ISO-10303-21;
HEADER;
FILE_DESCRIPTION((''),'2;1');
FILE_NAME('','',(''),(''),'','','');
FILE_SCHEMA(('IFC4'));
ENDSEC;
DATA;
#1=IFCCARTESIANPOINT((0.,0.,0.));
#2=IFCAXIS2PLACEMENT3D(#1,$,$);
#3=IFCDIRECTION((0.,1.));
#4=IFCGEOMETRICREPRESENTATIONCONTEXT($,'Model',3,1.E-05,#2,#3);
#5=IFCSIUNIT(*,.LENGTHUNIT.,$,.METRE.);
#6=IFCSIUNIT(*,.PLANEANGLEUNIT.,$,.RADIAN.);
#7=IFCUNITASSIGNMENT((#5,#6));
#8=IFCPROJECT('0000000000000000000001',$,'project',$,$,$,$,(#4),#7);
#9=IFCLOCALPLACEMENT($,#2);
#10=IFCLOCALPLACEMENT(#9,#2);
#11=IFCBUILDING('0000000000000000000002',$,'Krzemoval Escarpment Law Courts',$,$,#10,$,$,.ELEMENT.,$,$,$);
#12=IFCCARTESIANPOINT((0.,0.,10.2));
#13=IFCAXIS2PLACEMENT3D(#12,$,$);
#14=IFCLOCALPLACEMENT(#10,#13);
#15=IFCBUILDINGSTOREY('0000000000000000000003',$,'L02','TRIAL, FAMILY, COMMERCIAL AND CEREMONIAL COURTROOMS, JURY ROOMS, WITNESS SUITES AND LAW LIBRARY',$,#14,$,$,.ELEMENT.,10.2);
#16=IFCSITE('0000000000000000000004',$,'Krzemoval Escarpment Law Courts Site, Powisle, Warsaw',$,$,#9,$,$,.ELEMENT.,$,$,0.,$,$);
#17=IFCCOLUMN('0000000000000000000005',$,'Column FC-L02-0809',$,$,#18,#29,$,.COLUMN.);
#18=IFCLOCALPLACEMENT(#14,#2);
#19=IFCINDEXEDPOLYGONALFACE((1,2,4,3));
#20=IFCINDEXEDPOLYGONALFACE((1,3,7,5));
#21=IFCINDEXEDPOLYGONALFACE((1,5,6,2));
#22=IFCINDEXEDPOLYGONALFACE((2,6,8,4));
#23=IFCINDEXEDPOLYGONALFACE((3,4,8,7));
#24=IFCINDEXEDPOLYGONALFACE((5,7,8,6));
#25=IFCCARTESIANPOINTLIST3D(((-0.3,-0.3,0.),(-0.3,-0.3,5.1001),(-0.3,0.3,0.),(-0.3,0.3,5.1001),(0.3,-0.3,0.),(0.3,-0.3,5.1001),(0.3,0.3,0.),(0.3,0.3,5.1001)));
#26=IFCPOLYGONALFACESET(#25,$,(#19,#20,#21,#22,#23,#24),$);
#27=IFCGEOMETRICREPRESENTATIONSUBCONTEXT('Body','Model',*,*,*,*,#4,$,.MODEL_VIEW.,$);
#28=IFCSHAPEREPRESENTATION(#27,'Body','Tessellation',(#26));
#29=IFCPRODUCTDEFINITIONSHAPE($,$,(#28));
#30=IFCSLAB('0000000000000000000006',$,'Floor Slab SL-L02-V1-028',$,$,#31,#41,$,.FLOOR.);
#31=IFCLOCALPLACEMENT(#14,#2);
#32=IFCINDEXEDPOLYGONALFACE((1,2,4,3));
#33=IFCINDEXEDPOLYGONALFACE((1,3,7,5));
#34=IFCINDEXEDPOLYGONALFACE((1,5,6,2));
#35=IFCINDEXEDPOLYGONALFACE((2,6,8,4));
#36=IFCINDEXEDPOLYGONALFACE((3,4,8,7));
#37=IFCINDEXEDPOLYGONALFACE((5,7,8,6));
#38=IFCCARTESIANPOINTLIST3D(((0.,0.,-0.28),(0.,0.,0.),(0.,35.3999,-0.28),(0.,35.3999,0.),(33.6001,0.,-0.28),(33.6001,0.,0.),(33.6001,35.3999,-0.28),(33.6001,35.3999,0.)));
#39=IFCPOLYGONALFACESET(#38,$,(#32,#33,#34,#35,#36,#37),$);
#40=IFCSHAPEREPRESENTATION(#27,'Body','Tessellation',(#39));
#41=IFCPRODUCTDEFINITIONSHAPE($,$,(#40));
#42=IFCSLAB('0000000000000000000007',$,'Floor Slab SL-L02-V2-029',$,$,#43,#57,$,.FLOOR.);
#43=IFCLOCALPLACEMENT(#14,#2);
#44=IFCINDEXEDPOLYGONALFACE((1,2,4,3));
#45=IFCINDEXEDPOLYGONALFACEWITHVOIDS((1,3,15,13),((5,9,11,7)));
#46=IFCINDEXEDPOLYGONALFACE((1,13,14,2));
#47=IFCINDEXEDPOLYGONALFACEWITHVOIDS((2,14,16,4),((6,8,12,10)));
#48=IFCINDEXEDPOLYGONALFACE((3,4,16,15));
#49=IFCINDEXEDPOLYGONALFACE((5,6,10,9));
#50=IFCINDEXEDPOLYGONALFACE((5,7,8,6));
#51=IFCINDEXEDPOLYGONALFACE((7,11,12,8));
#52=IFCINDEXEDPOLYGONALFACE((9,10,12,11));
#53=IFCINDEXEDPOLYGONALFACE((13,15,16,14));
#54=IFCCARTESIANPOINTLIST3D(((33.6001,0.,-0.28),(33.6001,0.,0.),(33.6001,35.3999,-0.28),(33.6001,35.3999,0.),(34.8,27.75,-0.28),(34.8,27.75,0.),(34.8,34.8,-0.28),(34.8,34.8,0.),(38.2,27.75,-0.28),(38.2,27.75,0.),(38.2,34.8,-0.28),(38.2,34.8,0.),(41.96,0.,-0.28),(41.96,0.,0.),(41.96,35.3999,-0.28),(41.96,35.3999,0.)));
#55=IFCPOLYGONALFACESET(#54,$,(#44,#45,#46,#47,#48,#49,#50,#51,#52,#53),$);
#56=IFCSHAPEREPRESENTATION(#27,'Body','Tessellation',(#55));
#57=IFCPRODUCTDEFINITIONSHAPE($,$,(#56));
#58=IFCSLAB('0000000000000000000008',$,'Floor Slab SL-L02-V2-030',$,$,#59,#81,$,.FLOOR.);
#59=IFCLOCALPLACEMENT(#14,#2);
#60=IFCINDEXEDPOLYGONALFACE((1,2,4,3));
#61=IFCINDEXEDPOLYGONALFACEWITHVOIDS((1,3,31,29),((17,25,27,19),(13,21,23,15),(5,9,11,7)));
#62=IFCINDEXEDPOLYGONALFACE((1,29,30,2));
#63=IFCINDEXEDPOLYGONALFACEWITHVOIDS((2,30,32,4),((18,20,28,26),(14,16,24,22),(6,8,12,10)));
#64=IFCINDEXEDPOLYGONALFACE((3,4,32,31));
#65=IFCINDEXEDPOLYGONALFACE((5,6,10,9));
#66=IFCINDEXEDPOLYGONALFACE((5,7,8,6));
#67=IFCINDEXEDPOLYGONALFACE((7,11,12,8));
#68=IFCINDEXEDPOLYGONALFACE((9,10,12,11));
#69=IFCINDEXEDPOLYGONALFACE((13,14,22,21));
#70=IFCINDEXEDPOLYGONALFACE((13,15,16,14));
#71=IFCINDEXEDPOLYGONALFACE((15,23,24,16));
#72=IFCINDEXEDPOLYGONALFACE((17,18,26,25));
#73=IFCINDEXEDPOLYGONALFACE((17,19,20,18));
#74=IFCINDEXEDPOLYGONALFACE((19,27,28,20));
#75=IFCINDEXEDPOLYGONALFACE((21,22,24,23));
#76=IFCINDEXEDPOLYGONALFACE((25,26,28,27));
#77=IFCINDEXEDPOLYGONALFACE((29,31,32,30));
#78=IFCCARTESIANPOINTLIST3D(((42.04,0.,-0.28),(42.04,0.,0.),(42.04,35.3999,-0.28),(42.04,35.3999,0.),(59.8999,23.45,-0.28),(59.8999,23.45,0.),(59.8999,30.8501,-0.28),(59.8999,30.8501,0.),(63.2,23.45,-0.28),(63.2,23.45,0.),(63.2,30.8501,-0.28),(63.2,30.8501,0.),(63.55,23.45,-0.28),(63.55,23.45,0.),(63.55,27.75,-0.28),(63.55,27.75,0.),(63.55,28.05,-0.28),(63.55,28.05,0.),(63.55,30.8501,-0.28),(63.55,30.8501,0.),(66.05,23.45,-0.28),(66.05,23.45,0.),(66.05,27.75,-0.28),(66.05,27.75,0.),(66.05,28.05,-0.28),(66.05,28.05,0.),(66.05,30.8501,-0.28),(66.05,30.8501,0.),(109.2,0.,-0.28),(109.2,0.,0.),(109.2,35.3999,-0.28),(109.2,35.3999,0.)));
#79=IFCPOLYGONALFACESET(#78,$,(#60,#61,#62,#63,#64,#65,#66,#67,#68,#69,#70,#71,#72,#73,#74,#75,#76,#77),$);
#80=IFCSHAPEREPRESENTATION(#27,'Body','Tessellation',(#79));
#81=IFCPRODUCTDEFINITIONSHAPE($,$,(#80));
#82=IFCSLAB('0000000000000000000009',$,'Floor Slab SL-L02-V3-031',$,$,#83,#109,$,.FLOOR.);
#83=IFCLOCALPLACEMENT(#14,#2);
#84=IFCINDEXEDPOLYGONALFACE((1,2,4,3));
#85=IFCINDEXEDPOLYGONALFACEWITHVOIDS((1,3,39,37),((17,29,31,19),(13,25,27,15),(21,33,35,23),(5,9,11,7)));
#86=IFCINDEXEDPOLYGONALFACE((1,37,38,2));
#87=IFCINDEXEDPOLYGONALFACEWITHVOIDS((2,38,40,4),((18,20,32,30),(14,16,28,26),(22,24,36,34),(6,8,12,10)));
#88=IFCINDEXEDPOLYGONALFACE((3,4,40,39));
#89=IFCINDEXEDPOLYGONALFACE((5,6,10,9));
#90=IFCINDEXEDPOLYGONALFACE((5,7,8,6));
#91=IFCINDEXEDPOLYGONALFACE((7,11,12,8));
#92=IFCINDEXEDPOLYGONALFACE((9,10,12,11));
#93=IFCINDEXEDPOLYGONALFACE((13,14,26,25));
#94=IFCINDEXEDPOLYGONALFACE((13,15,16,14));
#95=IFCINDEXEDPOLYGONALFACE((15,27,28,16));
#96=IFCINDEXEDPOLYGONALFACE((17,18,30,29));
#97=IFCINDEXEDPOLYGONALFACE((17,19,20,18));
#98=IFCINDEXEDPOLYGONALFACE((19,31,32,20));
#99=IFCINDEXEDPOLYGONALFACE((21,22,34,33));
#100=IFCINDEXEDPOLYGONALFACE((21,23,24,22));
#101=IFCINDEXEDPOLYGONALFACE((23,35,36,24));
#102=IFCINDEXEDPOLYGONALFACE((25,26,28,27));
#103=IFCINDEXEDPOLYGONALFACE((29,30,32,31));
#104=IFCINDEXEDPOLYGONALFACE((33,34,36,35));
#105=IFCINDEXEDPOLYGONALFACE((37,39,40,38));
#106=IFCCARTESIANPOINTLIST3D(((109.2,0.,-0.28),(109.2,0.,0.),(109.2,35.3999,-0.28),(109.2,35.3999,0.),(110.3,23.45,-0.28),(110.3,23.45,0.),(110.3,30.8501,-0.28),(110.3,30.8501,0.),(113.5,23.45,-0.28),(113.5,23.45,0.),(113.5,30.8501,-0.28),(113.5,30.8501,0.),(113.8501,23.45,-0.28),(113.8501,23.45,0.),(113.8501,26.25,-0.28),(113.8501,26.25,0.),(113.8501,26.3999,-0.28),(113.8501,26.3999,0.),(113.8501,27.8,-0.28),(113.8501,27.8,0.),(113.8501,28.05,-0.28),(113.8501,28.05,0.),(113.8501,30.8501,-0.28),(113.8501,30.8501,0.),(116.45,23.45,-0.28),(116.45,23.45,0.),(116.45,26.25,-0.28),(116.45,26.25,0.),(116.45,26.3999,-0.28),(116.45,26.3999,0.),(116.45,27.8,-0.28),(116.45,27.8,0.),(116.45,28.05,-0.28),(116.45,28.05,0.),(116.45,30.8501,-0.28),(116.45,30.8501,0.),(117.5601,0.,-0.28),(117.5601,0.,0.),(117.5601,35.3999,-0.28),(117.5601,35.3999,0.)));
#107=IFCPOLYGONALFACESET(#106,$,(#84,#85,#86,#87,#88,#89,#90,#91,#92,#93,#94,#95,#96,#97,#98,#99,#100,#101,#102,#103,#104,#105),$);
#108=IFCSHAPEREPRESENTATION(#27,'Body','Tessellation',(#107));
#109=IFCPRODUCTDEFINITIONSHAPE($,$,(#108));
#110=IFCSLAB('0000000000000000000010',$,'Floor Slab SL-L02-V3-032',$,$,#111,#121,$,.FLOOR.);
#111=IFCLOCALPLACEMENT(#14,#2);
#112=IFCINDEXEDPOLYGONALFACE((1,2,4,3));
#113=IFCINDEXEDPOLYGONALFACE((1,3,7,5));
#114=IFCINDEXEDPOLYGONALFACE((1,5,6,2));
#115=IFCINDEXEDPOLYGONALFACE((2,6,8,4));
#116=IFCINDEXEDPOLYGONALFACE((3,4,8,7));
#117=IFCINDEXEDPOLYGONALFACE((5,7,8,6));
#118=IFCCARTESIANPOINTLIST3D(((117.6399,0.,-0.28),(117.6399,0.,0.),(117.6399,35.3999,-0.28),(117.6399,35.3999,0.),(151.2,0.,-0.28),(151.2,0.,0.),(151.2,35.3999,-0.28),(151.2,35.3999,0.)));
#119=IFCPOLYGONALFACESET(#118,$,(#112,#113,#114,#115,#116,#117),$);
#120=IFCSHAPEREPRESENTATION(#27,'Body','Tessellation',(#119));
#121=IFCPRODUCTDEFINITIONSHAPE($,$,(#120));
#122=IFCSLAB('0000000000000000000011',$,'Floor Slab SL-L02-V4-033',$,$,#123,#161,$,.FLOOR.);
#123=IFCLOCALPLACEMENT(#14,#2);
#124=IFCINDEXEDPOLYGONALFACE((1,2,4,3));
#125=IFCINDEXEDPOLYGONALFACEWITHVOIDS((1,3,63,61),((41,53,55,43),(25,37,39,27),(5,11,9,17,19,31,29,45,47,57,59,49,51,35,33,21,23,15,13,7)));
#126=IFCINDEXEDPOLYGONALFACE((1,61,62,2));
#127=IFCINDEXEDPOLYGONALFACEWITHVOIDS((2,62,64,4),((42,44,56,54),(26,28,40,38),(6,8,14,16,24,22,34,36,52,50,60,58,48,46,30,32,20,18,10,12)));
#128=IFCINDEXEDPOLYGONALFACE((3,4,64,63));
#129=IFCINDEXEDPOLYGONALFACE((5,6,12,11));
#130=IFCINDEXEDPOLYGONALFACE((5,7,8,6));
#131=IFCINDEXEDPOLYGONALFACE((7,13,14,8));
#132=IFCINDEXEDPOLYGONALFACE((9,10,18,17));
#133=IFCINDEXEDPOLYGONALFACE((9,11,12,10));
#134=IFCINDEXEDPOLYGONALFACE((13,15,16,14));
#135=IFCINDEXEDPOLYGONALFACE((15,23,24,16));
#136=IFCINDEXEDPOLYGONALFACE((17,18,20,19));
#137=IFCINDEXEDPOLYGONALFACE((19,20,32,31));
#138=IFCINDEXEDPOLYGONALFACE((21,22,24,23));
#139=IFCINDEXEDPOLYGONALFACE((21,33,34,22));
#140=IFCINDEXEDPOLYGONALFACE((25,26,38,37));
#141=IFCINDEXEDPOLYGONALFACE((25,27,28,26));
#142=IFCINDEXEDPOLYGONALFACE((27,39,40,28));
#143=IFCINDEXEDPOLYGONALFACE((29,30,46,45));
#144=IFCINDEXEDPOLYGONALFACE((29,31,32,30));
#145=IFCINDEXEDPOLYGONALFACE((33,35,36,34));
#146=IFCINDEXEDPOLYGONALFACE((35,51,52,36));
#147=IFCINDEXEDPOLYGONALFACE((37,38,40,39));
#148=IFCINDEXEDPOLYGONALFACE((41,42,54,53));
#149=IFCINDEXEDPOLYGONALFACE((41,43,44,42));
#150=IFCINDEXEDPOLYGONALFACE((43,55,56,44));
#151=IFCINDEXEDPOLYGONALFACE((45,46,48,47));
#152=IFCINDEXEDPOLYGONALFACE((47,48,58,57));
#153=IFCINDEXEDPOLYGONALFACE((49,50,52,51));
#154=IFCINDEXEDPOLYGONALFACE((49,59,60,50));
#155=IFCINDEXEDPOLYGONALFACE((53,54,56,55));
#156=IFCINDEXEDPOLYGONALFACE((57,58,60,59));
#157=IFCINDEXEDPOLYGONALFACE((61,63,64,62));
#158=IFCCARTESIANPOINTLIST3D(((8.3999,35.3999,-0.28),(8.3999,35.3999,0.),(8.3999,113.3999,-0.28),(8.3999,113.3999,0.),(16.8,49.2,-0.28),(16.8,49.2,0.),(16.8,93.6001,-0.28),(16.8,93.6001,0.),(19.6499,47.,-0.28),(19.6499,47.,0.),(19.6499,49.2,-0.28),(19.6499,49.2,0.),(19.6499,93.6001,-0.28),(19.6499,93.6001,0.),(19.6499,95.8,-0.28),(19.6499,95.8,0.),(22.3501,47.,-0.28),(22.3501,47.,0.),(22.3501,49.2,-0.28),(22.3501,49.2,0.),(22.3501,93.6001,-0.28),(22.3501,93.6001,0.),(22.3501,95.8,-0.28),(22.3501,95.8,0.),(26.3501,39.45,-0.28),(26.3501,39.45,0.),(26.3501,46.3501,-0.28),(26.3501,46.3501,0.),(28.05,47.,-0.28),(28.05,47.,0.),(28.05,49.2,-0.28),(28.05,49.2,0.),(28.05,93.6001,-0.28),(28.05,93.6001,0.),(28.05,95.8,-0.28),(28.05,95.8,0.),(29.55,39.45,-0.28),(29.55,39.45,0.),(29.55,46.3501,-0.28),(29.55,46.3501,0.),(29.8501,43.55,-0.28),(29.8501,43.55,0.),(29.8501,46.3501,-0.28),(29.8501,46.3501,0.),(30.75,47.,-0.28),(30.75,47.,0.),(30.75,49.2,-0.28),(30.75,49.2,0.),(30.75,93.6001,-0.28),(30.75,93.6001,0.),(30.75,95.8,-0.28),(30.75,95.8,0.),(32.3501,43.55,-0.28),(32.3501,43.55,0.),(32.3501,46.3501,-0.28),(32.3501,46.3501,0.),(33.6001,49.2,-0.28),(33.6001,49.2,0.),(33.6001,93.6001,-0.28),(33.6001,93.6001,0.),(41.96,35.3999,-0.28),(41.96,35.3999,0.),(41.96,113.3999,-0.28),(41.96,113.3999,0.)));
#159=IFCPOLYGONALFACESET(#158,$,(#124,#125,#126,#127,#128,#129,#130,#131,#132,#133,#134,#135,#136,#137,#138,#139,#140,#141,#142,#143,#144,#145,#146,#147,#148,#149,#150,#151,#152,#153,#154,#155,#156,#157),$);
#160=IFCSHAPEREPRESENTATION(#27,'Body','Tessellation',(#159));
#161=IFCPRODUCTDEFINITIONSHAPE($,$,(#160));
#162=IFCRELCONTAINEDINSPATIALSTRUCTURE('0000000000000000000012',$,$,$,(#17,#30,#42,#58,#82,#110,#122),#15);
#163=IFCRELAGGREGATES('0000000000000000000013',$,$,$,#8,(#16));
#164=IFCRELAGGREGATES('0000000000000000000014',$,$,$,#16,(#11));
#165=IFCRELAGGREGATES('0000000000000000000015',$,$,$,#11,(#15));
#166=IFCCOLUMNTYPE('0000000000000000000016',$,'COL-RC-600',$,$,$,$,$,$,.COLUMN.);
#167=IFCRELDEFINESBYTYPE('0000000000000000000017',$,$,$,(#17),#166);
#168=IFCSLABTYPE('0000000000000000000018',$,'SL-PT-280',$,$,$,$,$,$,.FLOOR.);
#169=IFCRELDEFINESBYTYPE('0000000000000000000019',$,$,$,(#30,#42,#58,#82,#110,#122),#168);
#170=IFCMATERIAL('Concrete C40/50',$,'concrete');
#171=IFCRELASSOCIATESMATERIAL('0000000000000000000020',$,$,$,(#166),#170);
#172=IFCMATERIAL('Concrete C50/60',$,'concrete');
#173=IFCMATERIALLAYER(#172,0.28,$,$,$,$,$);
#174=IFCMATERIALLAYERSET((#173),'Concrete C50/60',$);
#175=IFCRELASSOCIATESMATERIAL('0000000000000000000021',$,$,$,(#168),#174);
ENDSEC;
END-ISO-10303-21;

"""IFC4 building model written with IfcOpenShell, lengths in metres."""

from ifc_helpers import new_model, si_unit, direction, frame, origin, origin_with_axes, origin_2d, place, context, subcontext, project, spatial, polyline, rectangle, outline, extrude, material, layer, layer_set, material_profile, profile_set, type_object, element, save


model = new_model("IFC4")

# Units and contexts
model_context = context("Model", 3, precision=1e-05, world=origin(), true_north=direction((0.0, 1.0)))
body_context = subcontext(model_context, "Body", "Model", "MODEL_VIEW")
ifc_project = project(units=[si_unit("LENGTHUNIT", "METRE"), si_unit("PLANEANGLEUNIT", "RADIAN")], contexts=[model_context])

# Site, building, storey
site_placement = place(None, origin())
site = spatial("IfcSite", under=ifc_project, at=site_placement, Name="Krzemoval Escarpment Law Courts Site, Powisle, Warsaw", CompositionType="ELEMENT", RefElevation=0.0)
building_placement = place(site_placement, origin())
building = spatial("IfcBuilding", under=site, at=building_placement, Name="Krzemoval Escarpment Law Courts", CompositionType="ELEMENT")
storey_placement = place(building_placement, frame((0.0, 0.0, 10.2)))
storey = spatial("IfcBuildingStorey", under=building, at=storey_placement, Name="L02", Description="TRIAL, FAMILY, COMMERCIAL AND CEREMONIAL COURTROOMS, JURY ROOMS, WITNESS SUITES AND LAW LIBRARY", CompositionType="ELEMENT", Elevation=10.2)

# Column
ifc_material_1 = material(Name="Concrete C40/50", Category="concrete")
ifc_material_profile = material_profile(ifc_material_1, rectangle(XDim=0.6001, YDim=0.6001, at=origin_2d()), Name="RC 600x600")
ifc_profile_set = profile_set([ifc_material_profile], Name="Concrete C40/50")
column_type = type_object("IfcColumnType", Name="COL-RC-600", PredefinedType="COLUMN", material=ifc_profile_set)
column_placement = place(storey_placement, origin_with_axes())
element("IfcColumn", 1, at=column_placement, inside=storey, type_object=column_type, Name="Column FC-L02-0809", PredefinedType="COLUMN", context=body_context, shape_type="SweptSolid", body=[
    extrude(rectangle(XDim=0.6001, YDim=0.6001, at=origin_2d()), origin(), (0.0, 0.0, 1.0), 5.1001),
])

# Slabs
ifc_material_2 = material(Name="Concrete C50/60", Category="concrete")
ifc_layer_1 = layer(ifc_material_2, 0.28)
ifc_layer_set_1 = layer_set([ifc_layer_1], Name="Concrete C50/60")
slab_type_1 = type_object("IfcSlabType", Name="SL-PT-280", PredefinedType="FLOOR", material=ifc_layer_set_1)
slab_1_placement = place(storey_placement, frame((0.0, 0.0, -0.28)))
element("IfcSlab", 2, at=slab_1_placement, inside=storey, type_object=slab_type_1, Name="Floor Slab SL-L02-V1-028", PredefinedType="FLOOR", context=body_context, shape_type="SweptSolid", body=[
    extrude(outline(polyline([(0.0, 0.0), (0.0, 35.3999), (33.6001, 35.3999), (33.6001, 0.0), (0.0, 0.0)])), origin(), (0.0, 0.0, 1.0), 0.28),
])
slab_2_placement = place(storey_placement, frame((0.0, 0.0, -0.28)))
element("IfcSlab", 3, at=slab_2_placement, inside=storey, type_object=slab_type_1, Name="Floor Slab SL-L02-V2-029", PredefinedType="FLOOR", context=body_context, shape_type="SweptSolid", body=[
    extrude(outline(polyline([(33.6001, 0.0), (33.6001, 35.3999), (41.96, 35.3999), (41.96, 0.0), (33.6001, 0.0)]), holes=[polyline([(38.2, 34.8), (34.8, 34.8), (34.8, 27.75), (38.2, 27.75), (38.2, 34.8)])]), origin(), (0.0, 0.0, 1.0), 0.28),
])
slab_3_placement = place(storey_placement, frame((0.0, 0.0, -0.28)))
element("IfcSlab", 4, at=slab_3_placement, inside=storey, type_object=slab_type_1, Name="Floor Slab SL-L02-V2-030", PredefinedType="FLOOR", context=body_context, shape_type="SweptSolid", body=[
    extrude(outline(polyline([(109.2, 35.3999), (109.2, 0.0), (42.04, 0.0), (42.04, 35.3999), (109.2, 35.3999)]), holes=[polyline([(66.05, 28.05), (66.05, 30.8501), (63.55, 30.8501), (63.55, 28.05), (66.05, 28.05)]), polyline([(63.55, 23.45), (66.05, 23.45), (66.05, 27.75), (63.55, 27.75), (63.55, 23.45)]), polyline([(59.8999, 30.8501), (59.8999, 23.45), (63.2, 23.45), (63.2, 30.8501), (59.8999, 30.8501)])]), origin(), (0.0, 0.0, 1.0), 0.28),
])
slab_4_placement = place(storey_placement, frame((0.0, 0.0, -0.28)))
element("IfcSlab", 5, at=slab_4_placement, inside=storey, type_object=slab_type_1, Name="Floor Slab SL-L02-V3-031", PredefinedType="FLOOR", context=body_context, shape_type="SweptSolid", body=[
    extrude(outline(polyline([(109.2, 0.0), (109.2, 35.3999), (117.5601, 35.3999), (117.5601, 0.0), (109.2, 0.0)]), holes=[polyline([(116.45, 23.45), (116.45, 26.25), (113.8501, 26.25), (113.8501, 23.45), (116.45, 23.45)]), polyline([(113.8501, 28.05), (116.45, 28.05), (116.45, 30.8501), (113.8501, 30.8501), (113.8501, 28.05)]), polyline([(113.8501, 27.8), (113.8501, 26.3999), (116.45, 26.3999), (116.45, 27.8), (113.8501, 27.8)]), polyline([(113.5, 30.8501), (110.3, 30.8501), (110.3, 23.45), (113.5, 23.45), (113.5, 30.8501)])]), origin(), (0.0, 0.0, 1.0), 0.28),
])
slab_5_placement = place(storey_placement, frame((0.0, 0.0, -0.28)))
element("IfcSlab", 6, at=slab_5_placement, inside=storey, type_object=slab_type_1, Name="Floor Slab SL-L02-V3-032", PredefinedType="FLOOR", context=body_context, shape_type="SweptSolid", body=[
    extrude(outline(polyline([(151.2, 35.3999), (151.2, 0.0), (117.6399, 0.0), (117.6399, 35.3999), (151.2, 35.3999)])), origin(), (0.0, 0.0, 1.0), 0.28),
])
slab_6_placement = place(storey_placement, frame((0.0, 0.0, -0.28)))
element("IfcSlab", 7, at=slab_6_placement, inside=storey, type_object=slab_type_1, Name="Floor Slab SL-L02-V4-033", PredefinedType="FLOOR", context=body_context, shape_type="SweptSolid", body=[
    extrude(outline(polyline([(8.3999, 113.3999), (41.96, 113.3999), (41.96, 35.3999), (8.3999, 35.3999), (8.3999, 113.3999)]), holes=[polyline([(22.3501, 49.2), (28.05, 49.2), (28.05, 47.0), (30.75, 47.0), (30.75, 49.2), (33.6001, 49.2), (33.6001, 93.6001), (30.75, 93.6001), (30.75, 95.8), (28.05, 95.8), (28.05, 93.6001), (22.3501, 93.6001), (22.3501, 95.8), (19.6499, 95.8), (19.6499, 93.6001), (16.8, 93.6001), (16.8, 49.2), (19.6499, 49.2), (19.6499, 47.0), (22.3501, 47.0), (22.3501, 49.2)]), polyline([(29.8501, 46.3501), (29.8501, 43.55), (32.3501, 43.55), (32.3501, 46.3501), (29.8501, 46.3501)]), polyline([(29.55, 46.3501), (26.3501, 46.3501), (26.3501, 39.45), (29.55, 39.45), (29.55, 46.3501)])]), origin(), (0.0, 0.0, 1.0), 0.28),
])

save(model, "model.ifc")
